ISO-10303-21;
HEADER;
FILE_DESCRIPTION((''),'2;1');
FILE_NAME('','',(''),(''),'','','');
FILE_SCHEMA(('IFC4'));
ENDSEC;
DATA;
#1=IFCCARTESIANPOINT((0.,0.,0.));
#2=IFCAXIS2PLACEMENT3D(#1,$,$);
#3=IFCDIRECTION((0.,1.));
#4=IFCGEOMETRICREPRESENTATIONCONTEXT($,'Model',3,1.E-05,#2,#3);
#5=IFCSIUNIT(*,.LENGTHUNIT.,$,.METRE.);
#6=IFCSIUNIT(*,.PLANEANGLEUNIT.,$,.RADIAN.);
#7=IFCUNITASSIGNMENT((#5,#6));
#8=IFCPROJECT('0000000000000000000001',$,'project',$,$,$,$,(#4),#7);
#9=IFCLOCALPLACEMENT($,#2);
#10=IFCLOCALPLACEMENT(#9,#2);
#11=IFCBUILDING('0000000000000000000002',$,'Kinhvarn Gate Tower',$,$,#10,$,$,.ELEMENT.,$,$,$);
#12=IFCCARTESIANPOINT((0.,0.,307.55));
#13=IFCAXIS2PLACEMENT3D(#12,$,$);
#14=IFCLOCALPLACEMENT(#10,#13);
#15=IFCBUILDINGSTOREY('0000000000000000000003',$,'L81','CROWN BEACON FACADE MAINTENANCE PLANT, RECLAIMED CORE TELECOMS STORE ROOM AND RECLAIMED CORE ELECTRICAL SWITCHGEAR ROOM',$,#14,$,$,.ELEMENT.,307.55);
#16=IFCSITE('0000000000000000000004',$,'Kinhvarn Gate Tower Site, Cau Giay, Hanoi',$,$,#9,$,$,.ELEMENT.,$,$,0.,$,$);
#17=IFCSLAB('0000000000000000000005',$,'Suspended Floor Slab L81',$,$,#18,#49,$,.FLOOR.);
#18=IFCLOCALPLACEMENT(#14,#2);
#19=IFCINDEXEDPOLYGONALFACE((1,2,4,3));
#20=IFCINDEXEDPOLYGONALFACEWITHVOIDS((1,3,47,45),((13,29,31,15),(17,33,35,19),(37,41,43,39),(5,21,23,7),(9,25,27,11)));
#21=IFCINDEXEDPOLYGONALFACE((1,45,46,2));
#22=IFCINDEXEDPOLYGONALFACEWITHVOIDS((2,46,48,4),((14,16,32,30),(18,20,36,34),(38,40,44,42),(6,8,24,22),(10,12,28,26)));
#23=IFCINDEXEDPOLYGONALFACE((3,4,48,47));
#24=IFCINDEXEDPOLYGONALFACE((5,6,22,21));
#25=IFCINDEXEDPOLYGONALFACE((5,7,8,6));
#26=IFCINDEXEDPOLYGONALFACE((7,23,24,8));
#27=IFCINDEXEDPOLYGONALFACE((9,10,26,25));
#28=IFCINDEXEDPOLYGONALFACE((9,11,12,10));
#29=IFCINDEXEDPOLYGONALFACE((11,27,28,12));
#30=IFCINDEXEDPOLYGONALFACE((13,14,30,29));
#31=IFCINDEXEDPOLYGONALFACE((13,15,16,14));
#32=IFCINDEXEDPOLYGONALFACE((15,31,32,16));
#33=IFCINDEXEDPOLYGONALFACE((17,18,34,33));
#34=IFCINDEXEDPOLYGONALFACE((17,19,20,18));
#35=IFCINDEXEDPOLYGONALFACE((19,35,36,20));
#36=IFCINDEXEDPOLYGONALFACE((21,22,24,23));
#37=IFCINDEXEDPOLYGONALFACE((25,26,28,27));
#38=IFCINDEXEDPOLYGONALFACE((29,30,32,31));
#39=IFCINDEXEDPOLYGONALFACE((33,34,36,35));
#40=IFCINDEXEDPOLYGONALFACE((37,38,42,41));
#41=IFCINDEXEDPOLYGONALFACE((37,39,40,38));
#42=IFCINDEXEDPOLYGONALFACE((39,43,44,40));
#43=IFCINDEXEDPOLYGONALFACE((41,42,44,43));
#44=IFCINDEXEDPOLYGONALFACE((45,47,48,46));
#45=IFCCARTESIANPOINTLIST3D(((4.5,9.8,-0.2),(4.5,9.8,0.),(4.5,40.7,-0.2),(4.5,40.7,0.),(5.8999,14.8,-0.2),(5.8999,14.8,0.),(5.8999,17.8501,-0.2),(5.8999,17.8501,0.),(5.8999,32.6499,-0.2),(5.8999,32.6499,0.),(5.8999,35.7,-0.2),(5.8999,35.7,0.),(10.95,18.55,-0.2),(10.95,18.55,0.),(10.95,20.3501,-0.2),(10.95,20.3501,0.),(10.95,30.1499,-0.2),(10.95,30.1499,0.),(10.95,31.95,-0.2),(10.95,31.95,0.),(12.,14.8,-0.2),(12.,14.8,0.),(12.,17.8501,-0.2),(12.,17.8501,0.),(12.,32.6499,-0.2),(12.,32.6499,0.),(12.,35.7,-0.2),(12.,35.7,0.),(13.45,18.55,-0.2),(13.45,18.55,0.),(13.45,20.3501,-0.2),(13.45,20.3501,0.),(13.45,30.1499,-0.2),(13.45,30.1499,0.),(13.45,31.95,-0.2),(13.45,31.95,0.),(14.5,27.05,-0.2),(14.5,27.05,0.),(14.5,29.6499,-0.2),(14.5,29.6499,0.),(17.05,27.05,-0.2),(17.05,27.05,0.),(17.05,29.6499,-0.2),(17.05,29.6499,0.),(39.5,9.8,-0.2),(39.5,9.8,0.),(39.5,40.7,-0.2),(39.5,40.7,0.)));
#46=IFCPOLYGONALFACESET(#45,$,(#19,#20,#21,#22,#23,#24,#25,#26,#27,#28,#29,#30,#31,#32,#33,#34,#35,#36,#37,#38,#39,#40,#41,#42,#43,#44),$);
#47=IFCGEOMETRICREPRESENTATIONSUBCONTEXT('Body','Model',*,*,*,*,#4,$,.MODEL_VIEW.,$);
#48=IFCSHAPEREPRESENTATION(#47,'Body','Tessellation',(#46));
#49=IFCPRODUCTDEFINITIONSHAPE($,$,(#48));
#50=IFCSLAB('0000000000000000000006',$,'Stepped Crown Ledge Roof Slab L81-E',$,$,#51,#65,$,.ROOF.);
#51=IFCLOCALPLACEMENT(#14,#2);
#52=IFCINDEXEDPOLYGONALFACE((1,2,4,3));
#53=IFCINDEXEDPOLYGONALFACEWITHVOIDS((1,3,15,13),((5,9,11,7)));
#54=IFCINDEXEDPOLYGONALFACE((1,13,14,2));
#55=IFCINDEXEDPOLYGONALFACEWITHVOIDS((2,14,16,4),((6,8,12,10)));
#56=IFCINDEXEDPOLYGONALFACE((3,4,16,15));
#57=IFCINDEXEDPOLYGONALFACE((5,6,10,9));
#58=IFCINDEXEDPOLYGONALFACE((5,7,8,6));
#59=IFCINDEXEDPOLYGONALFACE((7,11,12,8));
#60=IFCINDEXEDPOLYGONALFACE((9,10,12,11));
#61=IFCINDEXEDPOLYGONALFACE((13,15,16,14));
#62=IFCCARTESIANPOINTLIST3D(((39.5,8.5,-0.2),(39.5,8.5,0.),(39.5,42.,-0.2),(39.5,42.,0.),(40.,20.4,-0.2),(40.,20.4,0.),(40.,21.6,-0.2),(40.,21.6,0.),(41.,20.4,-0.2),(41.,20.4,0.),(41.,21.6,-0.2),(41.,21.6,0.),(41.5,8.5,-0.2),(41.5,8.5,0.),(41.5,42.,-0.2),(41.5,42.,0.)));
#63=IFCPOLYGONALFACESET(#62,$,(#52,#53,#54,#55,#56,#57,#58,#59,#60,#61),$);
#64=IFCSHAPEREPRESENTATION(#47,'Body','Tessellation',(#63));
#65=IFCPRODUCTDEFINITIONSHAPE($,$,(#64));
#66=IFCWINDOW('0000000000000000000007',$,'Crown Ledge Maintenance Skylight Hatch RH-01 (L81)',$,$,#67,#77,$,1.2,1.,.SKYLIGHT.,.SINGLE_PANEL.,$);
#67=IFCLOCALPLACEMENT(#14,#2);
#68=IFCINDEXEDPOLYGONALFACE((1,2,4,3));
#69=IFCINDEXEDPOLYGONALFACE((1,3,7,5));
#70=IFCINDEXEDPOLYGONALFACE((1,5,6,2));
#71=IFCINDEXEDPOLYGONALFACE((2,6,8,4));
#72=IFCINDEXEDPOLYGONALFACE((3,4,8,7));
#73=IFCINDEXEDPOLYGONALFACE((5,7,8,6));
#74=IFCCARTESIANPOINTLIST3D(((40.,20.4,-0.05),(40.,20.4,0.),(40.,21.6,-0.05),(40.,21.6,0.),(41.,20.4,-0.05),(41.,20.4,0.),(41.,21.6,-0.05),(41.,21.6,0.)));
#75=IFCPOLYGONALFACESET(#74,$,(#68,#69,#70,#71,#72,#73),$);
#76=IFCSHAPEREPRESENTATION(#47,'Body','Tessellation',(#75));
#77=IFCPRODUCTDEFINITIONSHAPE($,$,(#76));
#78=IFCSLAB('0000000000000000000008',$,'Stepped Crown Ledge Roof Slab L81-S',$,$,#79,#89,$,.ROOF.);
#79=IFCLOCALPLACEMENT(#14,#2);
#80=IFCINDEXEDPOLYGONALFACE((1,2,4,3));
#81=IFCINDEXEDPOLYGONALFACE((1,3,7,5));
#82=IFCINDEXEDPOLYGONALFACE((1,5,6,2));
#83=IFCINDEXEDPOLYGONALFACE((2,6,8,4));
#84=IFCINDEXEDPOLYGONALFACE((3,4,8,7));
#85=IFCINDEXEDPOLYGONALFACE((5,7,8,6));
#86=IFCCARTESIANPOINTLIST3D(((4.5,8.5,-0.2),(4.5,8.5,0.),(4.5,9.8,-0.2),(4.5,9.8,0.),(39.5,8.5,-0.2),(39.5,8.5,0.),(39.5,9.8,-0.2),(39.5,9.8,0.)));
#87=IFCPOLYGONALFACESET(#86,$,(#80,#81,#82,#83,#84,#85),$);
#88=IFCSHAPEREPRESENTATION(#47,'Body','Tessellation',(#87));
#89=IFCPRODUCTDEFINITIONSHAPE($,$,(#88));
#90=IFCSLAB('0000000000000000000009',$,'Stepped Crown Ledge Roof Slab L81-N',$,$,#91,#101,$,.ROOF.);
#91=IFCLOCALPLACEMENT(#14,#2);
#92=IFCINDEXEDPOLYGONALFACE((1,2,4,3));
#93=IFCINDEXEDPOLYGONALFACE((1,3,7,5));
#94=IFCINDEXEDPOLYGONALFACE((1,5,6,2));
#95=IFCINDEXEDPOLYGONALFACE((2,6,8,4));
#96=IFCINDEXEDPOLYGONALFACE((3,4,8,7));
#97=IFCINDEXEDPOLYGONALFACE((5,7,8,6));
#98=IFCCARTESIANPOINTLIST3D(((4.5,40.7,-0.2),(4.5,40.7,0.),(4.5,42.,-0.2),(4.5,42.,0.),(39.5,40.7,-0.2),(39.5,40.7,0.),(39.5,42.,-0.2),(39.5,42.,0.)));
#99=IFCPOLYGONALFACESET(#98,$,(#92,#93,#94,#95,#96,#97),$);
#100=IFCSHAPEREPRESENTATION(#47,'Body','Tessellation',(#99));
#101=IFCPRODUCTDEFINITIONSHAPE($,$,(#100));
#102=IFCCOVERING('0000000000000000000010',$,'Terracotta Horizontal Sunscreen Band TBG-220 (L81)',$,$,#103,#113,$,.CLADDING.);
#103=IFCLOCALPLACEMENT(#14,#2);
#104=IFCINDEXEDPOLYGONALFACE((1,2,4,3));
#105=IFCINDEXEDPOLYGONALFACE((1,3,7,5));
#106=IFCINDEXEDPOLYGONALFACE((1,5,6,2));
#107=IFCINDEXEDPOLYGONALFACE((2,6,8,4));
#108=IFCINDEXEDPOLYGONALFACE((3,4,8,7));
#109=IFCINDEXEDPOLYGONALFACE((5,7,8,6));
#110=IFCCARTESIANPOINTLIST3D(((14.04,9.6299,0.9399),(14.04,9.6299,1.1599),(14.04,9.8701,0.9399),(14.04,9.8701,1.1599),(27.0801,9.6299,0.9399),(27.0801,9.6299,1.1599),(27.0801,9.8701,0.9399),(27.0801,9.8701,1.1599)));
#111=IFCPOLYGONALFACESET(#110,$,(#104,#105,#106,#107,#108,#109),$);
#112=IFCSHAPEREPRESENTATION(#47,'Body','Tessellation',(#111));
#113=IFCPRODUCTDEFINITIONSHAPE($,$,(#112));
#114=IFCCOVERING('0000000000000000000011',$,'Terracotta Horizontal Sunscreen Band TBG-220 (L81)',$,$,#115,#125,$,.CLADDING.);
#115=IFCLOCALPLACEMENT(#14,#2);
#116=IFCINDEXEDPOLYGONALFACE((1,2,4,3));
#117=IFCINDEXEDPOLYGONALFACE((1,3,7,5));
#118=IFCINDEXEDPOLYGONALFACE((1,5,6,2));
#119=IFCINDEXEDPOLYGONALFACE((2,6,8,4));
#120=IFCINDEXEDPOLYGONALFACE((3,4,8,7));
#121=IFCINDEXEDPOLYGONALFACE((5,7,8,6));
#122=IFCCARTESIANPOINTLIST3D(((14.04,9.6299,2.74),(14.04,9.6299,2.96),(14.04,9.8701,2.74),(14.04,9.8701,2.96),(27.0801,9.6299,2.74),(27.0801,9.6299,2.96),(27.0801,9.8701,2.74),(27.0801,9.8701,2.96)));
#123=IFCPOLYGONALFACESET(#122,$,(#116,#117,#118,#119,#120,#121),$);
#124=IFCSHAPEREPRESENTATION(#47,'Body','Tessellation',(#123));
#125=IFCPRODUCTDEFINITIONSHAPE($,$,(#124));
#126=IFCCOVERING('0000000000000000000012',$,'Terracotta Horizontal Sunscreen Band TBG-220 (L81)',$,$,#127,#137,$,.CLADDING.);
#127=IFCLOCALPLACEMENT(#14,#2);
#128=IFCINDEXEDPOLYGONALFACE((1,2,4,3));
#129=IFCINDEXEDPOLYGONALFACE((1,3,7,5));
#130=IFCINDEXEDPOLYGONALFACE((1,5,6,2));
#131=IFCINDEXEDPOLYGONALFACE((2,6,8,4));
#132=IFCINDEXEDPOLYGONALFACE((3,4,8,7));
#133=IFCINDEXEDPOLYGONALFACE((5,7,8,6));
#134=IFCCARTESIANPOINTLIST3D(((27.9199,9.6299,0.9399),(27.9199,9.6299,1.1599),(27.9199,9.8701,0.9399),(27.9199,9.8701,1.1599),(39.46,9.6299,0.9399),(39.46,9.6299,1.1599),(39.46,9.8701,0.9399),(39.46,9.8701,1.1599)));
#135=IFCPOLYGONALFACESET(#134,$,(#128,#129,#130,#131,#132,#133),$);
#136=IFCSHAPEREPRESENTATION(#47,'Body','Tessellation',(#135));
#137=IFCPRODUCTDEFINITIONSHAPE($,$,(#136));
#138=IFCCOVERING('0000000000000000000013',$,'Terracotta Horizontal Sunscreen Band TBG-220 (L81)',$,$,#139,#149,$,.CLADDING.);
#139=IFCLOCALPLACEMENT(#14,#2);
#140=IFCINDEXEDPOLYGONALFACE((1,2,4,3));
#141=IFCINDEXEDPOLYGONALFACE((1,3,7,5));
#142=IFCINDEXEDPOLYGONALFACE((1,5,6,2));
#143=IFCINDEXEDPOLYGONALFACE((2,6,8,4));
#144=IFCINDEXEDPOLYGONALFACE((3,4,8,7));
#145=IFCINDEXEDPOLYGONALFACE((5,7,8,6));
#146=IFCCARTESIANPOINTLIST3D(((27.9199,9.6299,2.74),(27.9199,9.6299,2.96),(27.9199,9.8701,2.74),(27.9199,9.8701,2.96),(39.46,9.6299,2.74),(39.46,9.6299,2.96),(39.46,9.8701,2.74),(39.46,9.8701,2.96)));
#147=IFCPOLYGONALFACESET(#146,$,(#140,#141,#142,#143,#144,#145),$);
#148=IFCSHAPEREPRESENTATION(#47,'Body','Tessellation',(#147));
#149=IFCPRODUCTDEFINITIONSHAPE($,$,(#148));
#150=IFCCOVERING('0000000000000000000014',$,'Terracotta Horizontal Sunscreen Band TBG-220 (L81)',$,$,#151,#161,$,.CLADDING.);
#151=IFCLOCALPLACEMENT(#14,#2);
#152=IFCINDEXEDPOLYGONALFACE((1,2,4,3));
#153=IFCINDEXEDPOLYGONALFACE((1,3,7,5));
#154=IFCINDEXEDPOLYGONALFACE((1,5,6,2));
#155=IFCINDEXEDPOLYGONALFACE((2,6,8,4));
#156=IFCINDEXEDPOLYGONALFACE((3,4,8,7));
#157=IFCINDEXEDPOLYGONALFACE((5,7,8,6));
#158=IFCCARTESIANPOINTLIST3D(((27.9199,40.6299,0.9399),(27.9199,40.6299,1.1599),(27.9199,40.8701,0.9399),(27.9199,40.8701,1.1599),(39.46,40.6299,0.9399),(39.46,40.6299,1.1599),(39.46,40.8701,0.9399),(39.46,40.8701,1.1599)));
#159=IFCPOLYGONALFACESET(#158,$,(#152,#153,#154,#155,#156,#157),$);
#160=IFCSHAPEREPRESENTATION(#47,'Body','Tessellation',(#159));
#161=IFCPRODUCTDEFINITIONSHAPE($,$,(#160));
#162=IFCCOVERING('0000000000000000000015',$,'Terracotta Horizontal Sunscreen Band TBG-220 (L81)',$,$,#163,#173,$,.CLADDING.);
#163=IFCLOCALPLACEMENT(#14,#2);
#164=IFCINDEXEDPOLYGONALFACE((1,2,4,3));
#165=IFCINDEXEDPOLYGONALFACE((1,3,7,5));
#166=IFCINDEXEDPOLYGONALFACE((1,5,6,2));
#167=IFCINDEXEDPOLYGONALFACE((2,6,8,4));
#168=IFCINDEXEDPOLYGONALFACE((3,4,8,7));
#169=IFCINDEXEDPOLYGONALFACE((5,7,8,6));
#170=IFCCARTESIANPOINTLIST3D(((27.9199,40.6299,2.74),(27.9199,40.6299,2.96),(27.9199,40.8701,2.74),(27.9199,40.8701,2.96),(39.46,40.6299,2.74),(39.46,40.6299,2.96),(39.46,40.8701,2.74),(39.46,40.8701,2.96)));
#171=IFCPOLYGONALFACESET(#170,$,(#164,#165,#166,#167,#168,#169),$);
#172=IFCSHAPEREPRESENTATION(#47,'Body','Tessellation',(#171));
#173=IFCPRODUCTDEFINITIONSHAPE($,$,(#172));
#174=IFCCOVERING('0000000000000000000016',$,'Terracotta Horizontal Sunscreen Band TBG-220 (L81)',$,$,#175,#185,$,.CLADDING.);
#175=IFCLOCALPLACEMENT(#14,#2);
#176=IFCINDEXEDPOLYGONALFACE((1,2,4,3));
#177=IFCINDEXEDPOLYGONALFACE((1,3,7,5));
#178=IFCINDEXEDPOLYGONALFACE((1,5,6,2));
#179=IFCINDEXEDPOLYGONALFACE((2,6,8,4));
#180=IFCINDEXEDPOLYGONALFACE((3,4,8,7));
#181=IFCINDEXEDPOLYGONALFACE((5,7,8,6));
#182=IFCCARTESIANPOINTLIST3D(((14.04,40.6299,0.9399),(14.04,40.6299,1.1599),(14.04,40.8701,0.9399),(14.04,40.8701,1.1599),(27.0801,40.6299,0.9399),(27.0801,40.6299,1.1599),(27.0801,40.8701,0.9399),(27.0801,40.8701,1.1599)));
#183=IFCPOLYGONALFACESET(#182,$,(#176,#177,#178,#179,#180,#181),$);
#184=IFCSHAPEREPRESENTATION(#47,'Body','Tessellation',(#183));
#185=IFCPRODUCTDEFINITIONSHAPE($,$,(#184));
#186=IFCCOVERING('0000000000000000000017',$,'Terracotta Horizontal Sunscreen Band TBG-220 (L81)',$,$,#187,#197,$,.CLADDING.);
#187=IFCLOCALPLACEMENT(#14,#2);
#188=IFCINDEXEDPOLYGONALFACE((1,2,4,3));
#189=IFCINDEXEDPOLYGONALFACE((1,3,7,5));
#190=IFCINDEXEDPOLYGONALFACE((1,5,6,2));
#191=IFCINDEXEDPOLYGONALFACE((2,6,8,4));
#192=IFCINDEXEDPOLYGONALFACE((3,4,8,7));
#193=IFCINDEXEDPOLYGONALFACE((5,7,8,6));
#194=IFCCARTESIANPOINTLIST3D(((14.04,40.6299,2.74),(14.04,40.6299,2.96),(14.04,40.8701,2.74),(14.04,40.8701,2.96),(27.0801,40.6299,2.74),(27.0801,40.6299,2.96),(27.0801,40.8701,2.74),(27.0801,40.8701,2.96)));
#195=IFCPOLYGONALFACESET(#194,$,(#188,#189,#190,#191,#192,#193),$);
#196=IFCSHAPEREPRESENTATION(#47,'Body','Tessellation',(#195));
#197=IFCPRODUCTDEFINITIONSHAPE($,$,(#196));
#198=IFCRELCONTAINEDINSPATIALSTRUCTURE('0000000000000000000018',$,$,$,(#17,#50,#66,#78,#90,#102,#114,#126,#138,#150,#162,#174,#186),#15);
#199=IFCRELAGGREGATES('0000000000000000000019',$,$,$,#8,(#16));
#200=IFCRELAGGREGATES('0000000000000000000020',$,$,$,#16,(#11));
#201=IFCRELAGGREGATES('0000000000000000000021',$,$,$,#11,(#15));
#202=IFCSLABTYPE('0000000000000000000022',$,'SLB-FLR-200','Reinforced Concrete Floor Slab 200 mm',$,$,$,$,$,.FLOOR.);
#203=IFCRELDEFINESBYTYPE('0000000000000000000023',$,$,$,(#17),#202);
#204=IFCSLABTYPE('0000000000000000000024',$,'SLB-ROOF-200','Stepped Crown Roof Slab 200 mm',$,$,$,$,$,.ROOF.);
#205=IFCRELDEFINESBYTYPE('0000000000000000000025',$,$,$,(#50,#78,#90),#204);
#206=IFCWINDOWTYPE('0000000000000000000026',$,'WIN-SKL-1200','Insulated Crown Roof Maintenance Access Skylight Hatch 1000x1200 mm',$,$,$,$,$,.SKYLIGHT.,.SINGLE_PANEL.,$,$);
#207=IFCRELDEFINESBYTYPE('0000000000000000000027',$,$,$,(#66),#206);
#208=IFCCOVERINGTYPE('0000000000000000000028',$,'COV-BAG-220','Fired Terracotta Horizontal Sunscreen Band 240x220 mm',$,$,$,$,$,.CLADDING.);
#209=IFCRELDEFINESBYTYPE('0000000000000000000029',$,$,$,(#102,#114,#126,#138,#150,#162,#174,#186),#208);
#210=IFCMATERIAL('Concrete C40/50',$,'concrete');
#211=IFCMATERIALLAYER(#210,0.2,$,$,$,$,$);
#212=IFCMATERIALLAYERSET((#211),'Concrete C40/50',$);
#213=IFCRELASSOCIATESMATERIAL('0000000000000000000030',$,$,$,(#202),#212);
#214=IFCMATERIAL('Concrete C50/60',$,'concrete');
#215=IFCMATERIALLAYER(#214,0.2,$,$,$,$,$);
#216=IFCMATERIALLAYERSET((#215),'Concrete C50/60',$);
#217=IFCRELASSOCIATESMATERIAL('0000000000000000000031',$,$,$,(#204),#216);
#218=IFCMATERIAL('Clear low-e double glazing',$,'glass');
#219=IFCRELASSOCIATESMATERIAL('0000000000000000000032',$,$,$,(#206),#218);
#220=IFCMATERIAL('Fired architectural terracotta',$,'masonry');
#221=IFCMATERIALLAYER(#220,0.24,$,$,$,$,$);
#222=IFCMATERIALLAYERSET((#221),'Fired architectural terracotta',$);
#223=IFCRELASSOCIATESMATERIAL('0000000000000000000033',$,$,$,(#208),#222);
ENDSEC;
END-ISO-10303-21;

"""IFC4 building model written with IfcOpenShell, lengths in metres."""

from ifc_helpers import new_model, si_unit, direction, frame, origin, origin_2d, place, context, subcontext, project, spatial, polyline, rectangle, outline, extrude, material, layer, layer_set, type_object, element, fill, save


model = new_model("IFC4")

# Units and contexts
model_context = context("Model", 3, precision=1e-05, world=origin(), true_north=direction((0.0, 1.0)))
body_context = subcontext(model_context, "Body", "Model", "MODEL_VIEW")
ifc_project = project(units=[si_unit("LENGTHUNIT", "METRE"), si_unit("PLANEANGLEUNIT", "RADIAN")], contexts=[model_context])

# Site, building, storey
site_placement = place(None, origin())
site = spatial("IfcSite", under=ifc_project, at=site_placement, Name="Kinhvarn Gate Tower Site, Cau Giay, Hanoi", CompositionType="ELEMENT", RefElevation=0.0)
building_placement = place(site_placement, origin())
building = spatial("IfcBuilding", under=site, at=building_placement, Name="Kinhvarn Gate Tower", CompositionType="ELEMENT")
storey_placement = place(building_placement, frame((0.0, 0.0, 307.55)))
storey = spatial("IfcBuildingStorey", under=building, at=storey_placement, Name="L81", Description="CROWN BEACON FACADE MAINTENANCE PLANT, RECLAIMED CORE TELECOMS STORE ROOM AND RECLAIMED CORE ELECTRICAL SWITCHGEAR ROOM", CompositionType="ELEMENT", Elevation=307.55)

# Slab
ifc_material_1 = material(Name="Concrete C40/50", Category="concrete")
ifc_layer_1 = layer(ifc_material_1, 0.2)
ifc_layer_set_1 = layer_set([ifc_layer_1], Name="Concrete C40/50")
slab_type_1 = type_object("IfcSlabType", Name="SLB-FLR-200", Description="Reinforced Concrete Floor Slab 200 mm", PredefinedType="FLOOR", material=ifc_layer_set_1)
slab_1_placement = place(storey_placement, frame((0.0, 0.0, -0.2)))
element("IfcSlab", 1, at=slab_1_placement, inside=storey, type_object=slab_type_1, Name="Suspended Floor Slab L81", PredefinedType="FLOOR", context=body_context, shape_type="SweptSolid", body=[
    extrude(outline(polyline([(4.5, 9.8), (39.5, 9.8), (39.5, 40.7), (4.5, 40.7), (4.5, 9.8)]), holes=[polyline([(5.8999, 14.8), (12.0, 14.8), (12.0, 17.8501), (5.8999, 17.8501), (5.8999, 14.8)]), polyline([(5.8999, 32.6499), (12.0, 32.6499), (12.0, 35.7), (5.8999, 35.7), (5.8999, 32.6499)]), polyline([(14.5, 27.05), (17.05, 27.05), (17.05, 29.6499), (14.5, 29.6499), (14.5, 27.05)]), polyline([(10.95, 18.55), (13.45, 18.55), (13.45, 20.3501), (10.95, 20.3501), (10.95, 18.55)]), polyline([(10.95, 30.1499), (13.45, 30.1499), (13.45, 31.95), (10.95, 31.95), (10.95, 30.1499)])]), origin(), (0.0, 0.0, 1.0), 0.2),
])

# Slab, opening, window
ifc_material_2 = material(Name="Concrete C50/60", Category="concrete")
ifc_layer_2 = layer(ifc_material_2, 0.2)
ifc_layer_set_2 = layer_set([ifc_layer_2], Name="Concrete C50/60")
slab_type_2 = type_object("IfcSlabType", Name="SLB-ROOF-200", Description="Stepped Crown Roof Slab 200 mm", PredefinedType="ROOF", material=ifc_layer_set_2)
slab_2_placement = place(storey_placement, frame((0.0, 0.0, -0.2)))
slab_2 = element("IfcSlab", 2, at=slab_2_placement, inside=storey, type_object=slab_type_2, Name="Stepped Crown Ledge Roof Slab L81-E", PredefinedType="ROOF", context=body_context, shape_type="SweptSolid", body=[
    extrude(outline(polyline([(39.5, 8.5), (39.5, 42.0), (41.5, 42.0), (41.5, 8.5), (39.5, 8.5)])), origin(), (0.0, 0.0, 1.0), 0.2),
])
opening_placement = place(slab_2_placement, frame((40.5, 21.0, -0.01)))
opening = element("IfcOpeningElement", 3, at=opening_placement, cuts=slab_2, PredefinedType="OPENING", context=body_context, shape_type="SweptSolid", body=[
    extrude(rectangle(XDim=1.0, YDim=1.2, at=origin_2d()), origin(), (0.0, 0.0, 1.0), 0.22),
])
ifc_material_3 = material(Name="Clear low-e double glazing", Category="glass")
window_type = type_object("IfcWindowType", Name="WIN-SKL-1200", Description="Insulated Crown Roof Maintenance Access Skylight Hatch 1000x1200 mm", PartitioningType="SINGLE_PANEL", PredefinedType="SKYLIGHT", material=ifc_material_3)
window_placement = place(slab_2_placement, frame((40.5, 21.0, 0.1499)))
window = element("IfcWindow", 4, at=window_placement, inside=storey, type_object=window_type, Name="Crown Ledge Maintenance Skylight Hatch RH-01 (L81)", OverallHeight=1.2, OverallWidth=1.0, PartitioningType="SINGLE_PANEL", PredefinedType="SKYLIGHT", context=body_context, shape_type="SweptSolid", body=[
    extrude(rectangle(XDim=1.0, YDim=1.2, at=origin_2d()), origin(), (0.0, 0.0, 1.0), 0.05),
])
fill(opening, window)

# Slabs
slab_3_placement = place(storey_placement, frame((0.0, 0.0, -0.2)))
element("IfcSlab", 5, at=slab_3_placement, inside=storey, type_object=slab_type_2, Name="Stepped Crown Ledge Roof Slab L81-S", PredefinedType="ROOF", context=body_context, shape_type="SweptSolid", body=[
    extrude(outline(polyline([(4.5, 8.5), (4.5, 9.8), (39.5, 9.8), (39.5, 8.5), (4.5, 8.5)])), origin(), (0.0, 0.0, 1.0), 0.2),
])
slab_4_placement = place(storey_placement, frame((0.0, 0.0, -0.2)))
element("IfcSlab", 6, at=slab_4_placement, inside=storey, type_object=slab_type_2, Name="Stepped Crown Ledge Roof Slab L81-N", PredefinedType="ROOF", context=body_context, shape_type="SweptSolid", body=[
    extrude(outline(polyline([(39.5, 42.0), (39.5, 40.7), (4.5, 40.7), (4.5, 42.0), (39.5, 42.0)])), origin(), (0.0, 0.0, 1.0), 0.2),
])

# Coverings
ifc_material_4 = material(Name="Fired architectural terracotta", Category="masonry")
ifc_layer_3 = layer(ifc_material_4, 0.24)
ifc_layer_set_3 = layer_set([ifc_layer_3], Name="Fired architectural terracotta")
covering_type_1 = type_object("IfcCoveringType", Name="COV-BAG-220", Description="Fired Terracotta Horizontal Sunscreen Band 240x220 mm", PredefinedType="CLADDING", material=ifc_layer_set_3)
for number, where, name in (
    (7, (0.0, 0.0, 0.9399), "Terracotta Horizontal Sunscreen Band TBG-220 (L81)"),
    (8, (0.0, 0.0, 2.74), "Terracotta Horizontal Sunscreen Band TBG-220 (L81)"),
):
    element("IfcCovering", number, at=place(storey_placement, frame(where)), inside=storey, type_object=covering_type_1, Name=name, PredefinedType="CLADDING", context=body_context, shape_type="SweptSolid", body=[
        extrude(outline(polyline([(14.04, 9.8701), (27.0801, 9.8701), (27.0801, 9.6299), (14.04, 9.6299), (14.04, 9.8701)])), origin(), (0.0, 0.0, 1.0), 0.22),
    ])
for number, where, name in (
    (9, (0.0, 0.0, 0.9399), "Terracotta Horizontal Sunscreen Band TBG-220 (L81)"),
    (10, (0.0, 0.0, 2.74), "Terracotta Horizontal Sunscreen Band TBG-220 (L81)"),
):
    element("IfcCovering", number, at=place(storey_placement, frame(where)), inside=storey, type_object=covering_type_1, Name=name, PredefinedType="CLADDING", context=body_context, shape_type="SweptSolid", body=[
        extrude(outline(polyline([(27.9199, 9.8701), (39.46, 9.8701), (39.46, 9.6299), (27.9199, 9.6299), (27.9199, 9.8701)])), origin(), (0.0, 0.0, 1.0), 0.22),
    ])
for number, where, name in (
    (11, (0.0, 0.0, 0.9399), "Terracotta Horizontal Sunscreen Band TBG-220 (L81)"),
    (12, (0.0, 0.0, 2.74), "Terracotta Horizontal Sunscreen Band TBG-220 (L81)"),
):
    element("IfcCovering", number, at=place(storey_placement, frame(where)), inside=storey, type_object=covering_type_1, Name=name, PredefinedType="CLADDING", context=body_context, shape_type="SweptSolid", body=[
        extrude(outline(polyline([(39.46, 40.6299), (27.9199, 40.6299), (27.9199, 40.8701), (39.46, 40.8701), (39.46, 40.6299)])), origin(), (0.0, 0.0, 1.0), 0.22),
    ])
for number, where, name in (
    (13, (0.0, 0.0, 0.9399), "Terracotta Horizontal Sunscreen Band TBG-220 (L81)"),
    (14, (0.0, 0.0, 2.74), "Terracotta Horizontal Sunscreen Band TBG-220 (L81)"),
):
    element("IfcCovering", number, at=place(storey_placement, frame(where)), inside=storey, type_object=covering_type_1, Name=name, PredefinedType="CLADDING", context=body_context, shape_type="SweptSolid", body=[
        extrude(outline(polyline([(27.0801, 40.6299), (14.04, 40.6299), (14.04, 40.8701), (27.0801, 40.8701), (27.0801, 40.6299)])), origin(), (0.0, 0.0, 1.0), 0.22),
    ])

save(model, "model.ifc")
